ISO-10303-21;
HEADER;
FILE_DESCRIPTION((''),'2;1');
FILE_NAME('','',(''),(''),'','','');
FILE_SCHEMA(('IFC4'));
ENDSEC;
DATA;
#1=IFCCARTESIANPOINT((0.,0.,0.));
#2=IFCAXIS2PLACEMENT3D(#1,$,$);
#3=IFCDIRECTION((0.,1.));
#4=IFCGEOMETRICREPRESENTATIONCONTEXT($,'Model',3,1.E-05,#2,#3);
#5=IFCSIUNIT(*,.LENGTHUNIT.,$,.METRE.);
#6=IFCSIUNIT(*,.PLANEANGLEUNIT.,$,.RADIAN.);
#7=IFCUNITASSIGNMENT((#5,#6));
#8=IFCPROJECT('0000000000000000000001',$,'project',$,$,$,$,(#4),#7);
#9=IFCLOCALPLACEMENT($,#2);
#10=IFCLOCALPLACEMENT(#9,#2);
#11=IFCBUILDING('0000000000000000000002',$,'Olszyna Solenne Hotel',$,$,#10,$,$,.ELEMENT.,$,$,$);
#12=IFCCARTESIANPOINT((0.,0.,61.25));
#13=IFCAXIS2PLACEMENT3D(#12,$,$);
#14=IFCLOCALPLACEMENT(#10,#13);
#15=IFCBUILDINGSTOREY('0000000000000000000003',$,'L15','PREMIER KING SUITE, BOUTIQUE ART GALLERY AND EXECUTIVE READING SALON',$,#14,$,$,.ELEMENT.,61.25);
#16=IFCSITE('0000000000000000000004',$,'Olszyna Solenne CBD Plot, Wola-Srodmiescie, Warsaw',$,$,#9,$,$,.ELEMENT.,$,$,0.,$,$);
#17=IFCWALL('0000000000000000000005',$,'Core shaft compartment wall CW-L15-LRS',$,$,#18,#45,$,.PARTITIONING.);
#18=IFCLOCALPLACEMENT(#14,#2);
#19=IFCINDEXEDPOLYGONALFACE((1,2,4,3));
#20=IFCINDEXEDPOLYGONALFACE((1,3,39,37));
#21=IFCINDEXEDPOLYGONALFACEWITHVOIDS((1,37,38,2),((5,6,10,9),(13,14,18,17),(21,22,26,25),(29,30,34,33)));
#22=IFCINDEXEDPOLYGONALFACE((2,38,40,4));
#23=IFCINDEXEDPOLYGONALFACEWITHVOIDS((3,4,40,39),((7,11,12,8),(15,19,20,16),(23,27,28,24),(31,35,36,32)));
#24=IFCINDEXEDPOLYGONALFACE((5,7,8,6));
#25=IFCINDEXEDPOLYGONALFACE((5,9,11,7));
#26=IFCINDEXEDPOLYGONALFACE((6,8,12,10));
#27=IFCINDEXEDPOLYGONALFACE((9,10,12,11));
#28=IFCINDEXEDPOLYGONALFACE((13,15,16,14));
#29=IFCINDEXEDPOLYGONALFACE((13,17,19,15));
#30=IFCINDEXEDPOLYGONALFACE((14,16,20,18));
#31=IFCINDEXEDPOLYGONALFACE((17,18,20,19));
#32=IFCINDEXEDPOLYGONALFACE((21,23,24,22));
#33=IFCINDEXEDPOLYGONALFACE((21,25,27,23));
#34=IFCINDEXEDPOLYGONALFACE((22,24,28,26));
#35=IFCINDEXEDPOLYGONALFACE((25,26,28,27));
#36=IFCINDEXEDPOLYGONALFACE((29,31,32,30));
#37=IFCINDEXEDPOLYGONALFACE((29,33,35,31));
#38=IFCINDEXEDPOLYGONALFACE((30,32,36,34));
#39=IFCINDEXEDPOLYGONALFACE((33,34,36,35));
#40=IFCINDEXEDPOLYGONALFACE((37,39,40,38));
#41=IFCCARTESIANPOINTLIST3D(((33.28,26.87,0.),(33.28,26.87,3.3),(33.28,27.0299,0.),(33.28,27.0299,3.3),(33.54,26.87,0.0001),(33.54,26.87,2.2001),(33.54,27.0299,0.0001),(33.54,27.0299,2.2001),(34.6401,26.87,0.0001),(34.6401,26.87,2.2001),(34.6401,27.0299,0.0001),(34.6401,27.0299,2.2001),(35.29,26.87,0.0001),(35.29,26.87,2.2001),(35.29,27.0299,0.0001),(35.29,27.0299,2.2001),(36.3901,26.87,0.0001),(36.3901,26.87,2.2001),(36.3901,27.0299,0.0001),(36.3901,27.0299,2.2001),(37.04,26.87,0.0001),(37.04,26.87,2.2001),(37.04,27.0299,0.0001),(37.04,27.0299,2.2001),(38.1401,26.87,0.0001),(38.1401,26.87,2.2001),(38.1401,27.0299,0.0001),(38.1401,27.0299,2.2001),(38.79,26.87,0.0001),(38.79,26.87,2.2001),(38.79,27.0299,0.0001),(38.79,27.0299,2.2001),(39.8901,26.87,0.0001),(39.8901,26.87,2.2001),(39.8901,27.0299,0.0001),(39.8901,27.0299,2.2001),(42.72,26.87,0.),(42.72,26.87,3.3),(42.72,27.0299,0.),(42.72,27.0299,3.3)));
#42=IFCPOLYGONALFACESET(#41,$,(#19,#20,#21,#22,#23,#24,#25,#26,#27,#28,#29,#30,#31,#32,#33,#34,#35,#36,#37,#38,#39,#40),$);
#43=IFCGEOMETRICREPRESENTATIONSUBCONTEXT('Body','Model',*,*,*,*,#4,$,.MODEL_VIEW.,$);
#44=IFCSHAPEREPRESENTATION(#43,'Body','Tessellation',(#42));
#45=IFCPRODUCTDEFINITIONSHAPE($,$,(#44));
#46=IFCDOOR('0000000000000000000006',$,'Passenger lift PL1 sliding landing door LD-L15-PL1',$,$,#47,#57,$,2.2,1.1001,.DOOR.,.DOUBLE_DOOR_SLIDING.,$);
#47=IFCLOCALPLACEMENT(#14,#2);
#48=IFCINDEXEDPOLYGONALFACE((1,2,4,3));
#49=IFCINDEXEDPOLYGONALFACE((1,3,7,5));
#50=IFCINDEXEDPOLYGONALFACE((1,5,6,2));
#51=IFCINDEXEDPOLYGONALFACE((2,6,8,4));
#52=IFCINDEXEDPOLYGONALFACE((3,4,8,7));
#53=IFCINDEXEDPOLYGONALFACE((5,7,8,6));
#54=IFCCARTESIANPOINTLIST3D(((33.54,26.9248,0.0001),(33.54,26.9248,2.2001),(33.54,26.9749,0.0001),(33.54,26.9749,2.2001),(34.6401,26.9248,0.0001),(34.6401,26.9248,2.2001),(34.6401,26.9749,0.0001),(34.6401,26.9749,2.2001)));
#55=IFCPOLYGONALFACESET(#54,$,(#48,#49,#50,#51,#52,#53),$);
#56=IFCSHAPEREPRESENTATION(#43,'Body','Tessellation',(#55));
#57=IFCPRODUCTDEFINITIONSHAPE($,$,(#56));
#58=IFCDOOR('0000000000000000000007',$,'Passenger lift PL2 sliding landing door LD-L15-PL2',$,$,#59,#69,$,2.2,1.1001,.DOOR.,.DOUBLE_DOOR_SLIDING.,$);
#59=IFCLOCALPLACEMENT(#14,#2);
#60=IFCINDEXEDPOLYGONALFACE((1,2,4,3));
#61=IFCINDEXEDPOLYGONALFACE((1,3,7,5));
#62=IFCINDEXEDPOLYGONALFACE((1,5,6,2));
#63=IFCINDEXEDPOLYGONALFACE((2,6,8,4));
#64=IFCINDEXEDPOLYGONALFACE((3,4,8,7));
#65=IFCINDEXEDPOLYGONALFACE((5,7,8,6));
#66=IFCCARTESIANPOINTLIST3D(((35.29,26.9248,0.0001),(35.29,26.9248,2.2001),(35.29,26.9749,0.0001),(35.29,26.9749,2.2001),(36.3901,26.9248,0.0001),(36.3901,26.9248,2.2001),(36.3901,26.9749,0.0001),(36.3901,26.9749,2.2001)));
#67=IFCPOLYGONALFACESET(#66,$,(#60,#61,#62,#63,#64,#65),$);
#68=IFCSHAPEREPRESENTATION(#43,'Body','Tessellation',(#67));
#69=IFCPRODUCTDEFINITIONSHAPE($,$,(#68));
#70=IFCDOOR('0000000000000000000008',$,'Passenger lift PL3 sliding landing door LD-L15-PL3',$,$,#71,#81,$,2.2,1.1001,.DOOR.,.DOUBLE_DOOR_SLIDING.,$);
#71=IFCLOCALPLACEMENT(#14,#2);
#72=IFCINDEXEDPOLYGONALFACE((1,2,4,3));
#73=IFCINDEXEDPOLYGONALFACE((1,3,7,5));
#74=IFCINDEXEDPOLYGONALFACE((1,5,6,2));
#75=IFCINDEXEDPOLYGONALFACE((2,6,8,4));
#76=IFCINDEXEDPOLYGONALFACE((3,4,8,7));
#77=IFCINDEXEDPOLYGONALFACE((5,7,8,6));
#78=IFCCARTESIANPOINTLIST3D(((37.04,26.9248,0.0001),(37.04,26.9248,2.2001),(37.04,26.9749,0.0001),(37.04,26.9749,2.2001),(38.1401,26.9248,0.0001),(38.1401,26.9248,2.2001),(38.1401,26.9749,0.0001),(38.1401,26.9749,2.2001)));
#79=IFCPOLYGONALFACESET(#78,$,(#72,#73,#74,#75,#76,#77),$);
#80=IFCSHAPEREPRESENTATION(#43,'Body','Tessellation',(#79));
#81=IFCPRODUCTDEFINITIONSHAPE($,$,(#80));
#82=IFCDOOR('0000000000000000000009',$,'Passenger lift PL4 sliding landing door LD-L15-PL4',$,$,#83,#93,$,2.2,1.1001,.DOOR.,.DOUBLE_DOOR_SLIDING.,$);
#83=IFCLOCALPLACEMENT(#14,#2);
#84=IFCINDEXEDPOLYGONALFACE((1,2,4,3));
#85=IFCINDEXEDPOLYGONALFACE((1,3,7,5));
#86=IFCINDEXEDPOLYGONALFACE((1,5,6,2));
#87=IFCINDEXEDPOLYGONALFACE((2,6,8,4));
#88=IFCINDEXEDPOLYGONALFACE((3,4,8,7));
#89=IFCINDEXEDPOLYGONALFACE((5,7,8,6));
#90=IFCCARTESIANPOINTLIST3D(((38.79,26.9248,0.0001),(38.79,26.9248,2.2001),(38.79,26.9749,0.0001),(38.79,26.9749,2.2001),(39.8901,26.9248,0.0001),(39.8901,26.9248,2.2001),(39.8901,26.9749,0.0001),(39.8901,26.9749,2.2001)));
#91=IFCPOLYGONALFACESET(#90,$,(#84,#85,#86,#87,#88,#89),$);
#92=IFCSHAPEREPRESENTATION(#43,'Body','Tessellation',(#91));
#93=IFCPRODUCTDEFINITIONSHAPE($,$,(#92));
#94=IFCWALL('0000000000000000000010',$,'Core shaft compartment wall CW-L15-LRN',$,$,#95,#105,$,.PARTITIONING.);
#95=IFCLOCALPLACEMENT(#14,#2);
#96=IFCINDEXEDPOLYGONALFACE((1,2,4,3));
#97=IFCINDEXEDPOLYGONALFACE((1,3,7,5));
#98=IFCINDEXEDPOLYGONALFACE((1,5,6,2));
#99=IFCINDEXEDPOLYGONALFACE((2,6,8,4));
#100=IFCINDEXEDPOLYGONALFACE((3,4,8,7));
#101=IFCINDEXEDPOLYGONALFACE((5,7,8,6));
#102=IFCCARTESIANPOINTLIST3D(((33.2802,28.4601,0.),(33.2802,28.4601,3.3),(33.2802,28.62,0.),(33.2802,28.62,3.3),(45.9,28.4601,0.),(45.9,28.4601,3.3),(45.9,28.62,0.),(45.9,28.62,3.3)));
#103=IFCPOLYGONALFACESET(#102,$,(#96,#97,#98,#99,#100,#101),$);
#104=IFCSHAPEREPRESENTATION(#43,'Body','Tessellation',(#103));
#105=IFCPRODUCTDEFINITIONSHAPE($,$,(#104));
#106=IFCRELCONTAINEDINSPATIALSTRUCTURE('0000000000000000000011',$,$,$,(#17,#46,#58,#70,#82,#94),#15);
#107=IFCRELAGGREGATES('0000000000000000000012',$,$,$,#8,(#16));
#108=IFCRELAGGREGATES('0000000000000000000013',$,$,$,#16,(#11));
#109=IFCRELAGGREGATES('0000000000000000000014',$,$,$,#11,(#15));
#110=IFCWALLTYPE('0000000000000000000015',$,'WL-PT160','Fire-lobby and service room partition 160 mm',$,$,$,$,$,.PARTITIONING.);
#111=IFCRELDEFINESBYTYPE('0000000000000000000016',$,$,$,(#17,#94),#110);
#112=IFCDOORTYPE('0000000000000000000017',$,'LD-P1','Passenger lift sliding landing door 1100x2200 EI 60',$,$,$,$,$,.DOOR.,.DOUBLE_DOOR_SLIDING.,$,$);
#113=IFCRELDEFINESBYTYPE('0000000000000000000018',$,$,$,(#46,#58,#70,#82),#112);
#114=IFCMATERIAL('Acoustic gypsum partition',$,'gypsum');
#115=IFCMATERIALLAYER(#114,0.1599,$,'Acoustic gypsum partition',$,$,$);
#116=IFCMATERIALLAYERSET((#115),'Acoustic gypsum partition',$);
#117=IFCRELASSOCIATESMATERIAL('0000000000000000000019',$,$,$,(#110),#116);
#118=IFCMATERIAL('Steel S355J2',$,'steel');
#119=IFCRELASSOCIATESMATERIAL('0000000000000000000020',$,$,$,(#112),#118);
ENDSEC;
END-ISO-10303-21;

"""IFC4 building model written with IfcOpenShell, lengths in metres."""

from ifc_helpers import new_model, si_unit, direction, frame, frame_2d, origin, place, context, subcontext, project, spatial, rectangle, extrude, source, transform, mapped, material, layer, layer_set, type_object, type_shapes, element, fill, save


model = new_model("IFC4")

# Units and contexts
model_context = context("Model", 3, precision=1e-05, world=origin(), true_north=direction((0.0, 1.0)))
body_context = subcontext(model_context, "Body", "Model", "MODEL_VIEW")
ifc_project = project(units=[si_unit("LENGTHUNIT", "METRE"), si_unit("PLANEANGLEUNIT", "RADIAN")], contexts=[model_context])

# Site, building, storey
site_placement = place(None, origin())
site = spatial("IfcSite", under=ifc_project, at=site_placement, Name="Olszyna Solenne CBD Plot, Wola-Srodmiescie, Warsaw", CompositionType="ELEMENT", RefElevation=0.0)
building_placement = place(site_placement, origin())
building = spatial("IfcBuilding", under=site, at=building_placement, Name="Olszyna Solenne Hotel", CompositionType="ELEMENT")
storey_placement = place(building_placement, frame((0.0, 0.0, 61.25)))
storey = spatial("IfcBuildingStorey", under=building, at=storey_placement, Name="L15", Description="PREMIER KING SUITE, BOUTIQUE ART GALLERY AND EXECUTIVE READING SALON", CompositionType="ELEMENT", Elevation=61.25)

# Shared definitions
ifc_material_1 = material(Name="Steel S355J2", Category="steel")

# Shared definitions
ifc_material_2 = material(Name="Acoustic gypsum partition", Category="gypsum")

# Shared definitions
ifc_layer_1 = layer(ifc_material_2, 0.1599, Name="Acoustic gypsum partition")
ifc_layer_set_1 = layer_set([ifc_layer_1], Name="Acoustic gypsum partition")
wall_type_1 = type_object("IfcWallType", Name="WL-PT160", Description="Fire-lobby and service room partition 160 mm", PredefinedType="PARTITIONING", material=ifc_layer_set_1)

# Wall, openings, doors
wall_1_placement = place(storey_placement, frame((33.28, 26.95, 0.0), z_axis=(0.0, 0.0, 1.0), x_axis=(1.0, 0.0, 0.0)))
wall_1 = element("IfcWall", 1, at=wall_1_placement, inside=storey, type_object=wall_type_1, Name="Core shaft compartment wall CW-L15-LRS", PredefinedType="PARTITIONING", context=body_context, shape_type="SweptSolid", body=[
    extrude(rectangle(XDim=9.4399, YDim=0.1599, at=frame_2d((4.72, 0.0))), origin(), (0.0, 0.0, 1.0), 3.3),
])
opening_1_placement = place(wall_1_placement, frame((0.26, 0.0, 0.0)))
opening_1 = element("IfcOpeningElement", 2, at=opening_1_placement, cuts=wall_1, PredefinedType="OPENING", context=body_context, shape_type="SweptSolid", body=[
    extrude(rectangle(XDim=1.1001, YDim=2.2, at=frame_2d((0.55, 1.1001))), frame((0.0, 0.0898, 0.0), z_axis=(0.0, -1.0, 0.0), x_axis=(1.0, 0.0, 0.0)), (0.0, 0.0, 1.0), 0.1799),
])
opening_2_placement = place(wall_1_placement, frame((2.01, 0.0, 0.0)))
opening_2 = element("IfcOpeningElement", 3, at=opening_2_placement, cuts=wall_1, PredefinedType="OPENING", context=body_context, shape_type="SweptSolid", body=[
    extrude(rectangle(XDim=1.1001, YDim=2.2, at=frame_2d((0.55, 1.1001))), frame((0.0, 0.0898, 0.0), z_axis=(0.0, -1.0, 0.0), x_axis=(1.0, 0.0, 0.0)), (0.0, 0.0, 1.0), 0.1799),
])
opening_3_placement = place(wall_1_placement, frame((3.76, 0.0, 0.0)))
opening_3 = element("IfcOpeningElement", 4, at=opening_3_placement, cuts=wall_1, PredefinedType="OPENING", context=body_context, shape_type="SweptSolid", body=[
    extrude(rectangle(XDim=1.1001, YDim=2.2, at=frame_2d((0.55, 1.1001))), frame((0.0, 0.0898, 0.0), z_axis=(0.0, -1.0, 0.0), x_axis=(1.0, 0.0, 0.0)), (0.0, 0.0, 1.0), 0.1799),
])
opening_4_placement = place(wall_1_placement, frame((5.51, 0.0, 0.0)))
opening_4 = element("IfcOpeningElement", 5, at=opening_4_placement, cuts=wall_1, PredefinedType="OPENING", context=body_context, shape_type="SweptSolid", body=[
    extrude(rectangle(XDim=1.1001, YDim=2.2, at=frame_2d((0.55, 1.1001))), frame((0.0, 0.0898, 0.0), z_axis=(0.0, -1.0, 0.0), x_axis=(1.0, 0.0, 0.0)), (0.0, 0.0, 1.0), 0.1799),
])
door_type_1 = type_object("IfcDoorType", Name="LD-P1", Description="Passenger lift sliding landing door 1100x2200 EI 60", OperationType="DOUBLE_DOOR_SLIDING", PredefinedType="DOOR", material=ifc_material_1)
shared_shape_1 = source(origin(), body_context, "Body", "SweptSolid", [
    extrude(rectangle(XDim=1.1001, YDim=2.2, at=frame_2d((0.55, 1.1001))), frame((0.0, 0.0249, 0.0), z_axis=(0.0, -1.0, 0.0), x_axis=(1.0, 0.0, 0.0)), (0.0, 0.0, 1.0), 0.05),
])
type_shapes(door_type_1, [shared_shape_1])
door_1_placement = place(opening_1_placement, origin())
door_1 = element("IfcDoor", 6, at=door_1_placement, inside=storey, type_object=door_type_1, Name="Passenger lift PL1 sliding landing door LD-L15-PL1", OperationType="DOUBLE_DOOR_SLIDING", OverallHeight=2.2, OverallWidth=1.1001, PredefinedType="DOOR", context=body_context, shape_type="MappedRepresentation", body=[
    mapped(shared_shape_1, transform((0.0, 0.0, 0.0), x_axis=(1.0, 0.0, 0.0), y_axis=(0.0, 1.0, 0.0), z_axis=(0.0, 0.0, 1.0), scale=1.0)),
])
fill(opening_1, door_1)
door_2_placement = place(opening_2_placement, origin())
door_2 = element("IfcDoor", 7, at=door_2_placement, inside=storey, type_object=door_type_1, Name="Passenger lift PL2 sliding landing door LD-L15-PL2", OperationType="DOUBLE_DOOR_SLIDING", OverallHeight=2.2, OverallWidth=1.1001, PredefinedType="DOOR", context=body_context, shape_type="MappedRepresentation", body=[
    mapped(shared_shape_1, transform((0.0, 0.0, 0.0), x_axis=(1.0, 0.0, 0.0), y_axis=(0.0, 1.0, 0.0), z_axis=(0.0, 0.0, 1.0), scale=1.0)),
])
fill(opening_2, door_2)
door_3_placement = place(opening_3_placement, origin())
door_3 = element("IfcDoor", 8, at=door_3_placement, inside=storey, type_object=door_type_1, Name="Passenger lift PL3 sliding landing door LD-L15-PL3", OperationType="DOUBLE_DOOR_SLIDING", OverallHeight=2.2, OverallWidth=1.1001, PredefinedType="DOOR", context=body_context, shape_type="MappedRepresentation", body=[
    mapped(shared_shape_1, transform((0.0, 0.0, 0.0), x_axis=(1.0, 0.0, 0.0), y_axis=(0.0, 1.0, 0.0), z_axis=(0.0, 0.0, 1.0), scale=1.0)),
])
fill(opening_3, door_3)
door_4_placement = place(opening_4_placement, origin())
door_4 = element("IfcDoor", 9, at=door_4_placement, inside=storey, type_object=door_type_1, Name="Passenger lift PL4 sliding landing door LD-L15-PL4", OperationType="DOUBLE_DOOR_SLIDING", OverallHeight=2.2, OverallWidth=1.1001, PredefinedType="DOOR", context=body_context, shape_type="MappedRepresentation", body=[
    mapped(shared_shape_1, transform((0.0, 0.0, 0.0), x_axis=(1.0, 0.0, 0.0), y_axis=(0.0, 1.0, 0.0), z_axis=(0.0, 0.0, 1.0), scale=1.0)),
])
fill(opening_4, door_4)

# Wall
wall_2_placement = place(storey_placement, frame((33.28, 28.54, 0.0), z_axis=(0.0, 0.0, 1.0), x_axis=(1.0, 0.0, 0.0)))
element("IfcWall", 10, at=wall_2_placement, inside=storey, type_object=wall_type_1, Name="Core shaft compartment wall CW-L15-LRN", PredefinedType="PARTITIONING", context=body_context, shape_type="SweptSolid", body=[
    extrude(rectangle(XDim=12.6199, YDim=0.1599, at=frame_2d((6.3101, 0.0))), origin(), (0.0, 0.0, 1.0), 3.3),
])

save(model, "model.ifc")
